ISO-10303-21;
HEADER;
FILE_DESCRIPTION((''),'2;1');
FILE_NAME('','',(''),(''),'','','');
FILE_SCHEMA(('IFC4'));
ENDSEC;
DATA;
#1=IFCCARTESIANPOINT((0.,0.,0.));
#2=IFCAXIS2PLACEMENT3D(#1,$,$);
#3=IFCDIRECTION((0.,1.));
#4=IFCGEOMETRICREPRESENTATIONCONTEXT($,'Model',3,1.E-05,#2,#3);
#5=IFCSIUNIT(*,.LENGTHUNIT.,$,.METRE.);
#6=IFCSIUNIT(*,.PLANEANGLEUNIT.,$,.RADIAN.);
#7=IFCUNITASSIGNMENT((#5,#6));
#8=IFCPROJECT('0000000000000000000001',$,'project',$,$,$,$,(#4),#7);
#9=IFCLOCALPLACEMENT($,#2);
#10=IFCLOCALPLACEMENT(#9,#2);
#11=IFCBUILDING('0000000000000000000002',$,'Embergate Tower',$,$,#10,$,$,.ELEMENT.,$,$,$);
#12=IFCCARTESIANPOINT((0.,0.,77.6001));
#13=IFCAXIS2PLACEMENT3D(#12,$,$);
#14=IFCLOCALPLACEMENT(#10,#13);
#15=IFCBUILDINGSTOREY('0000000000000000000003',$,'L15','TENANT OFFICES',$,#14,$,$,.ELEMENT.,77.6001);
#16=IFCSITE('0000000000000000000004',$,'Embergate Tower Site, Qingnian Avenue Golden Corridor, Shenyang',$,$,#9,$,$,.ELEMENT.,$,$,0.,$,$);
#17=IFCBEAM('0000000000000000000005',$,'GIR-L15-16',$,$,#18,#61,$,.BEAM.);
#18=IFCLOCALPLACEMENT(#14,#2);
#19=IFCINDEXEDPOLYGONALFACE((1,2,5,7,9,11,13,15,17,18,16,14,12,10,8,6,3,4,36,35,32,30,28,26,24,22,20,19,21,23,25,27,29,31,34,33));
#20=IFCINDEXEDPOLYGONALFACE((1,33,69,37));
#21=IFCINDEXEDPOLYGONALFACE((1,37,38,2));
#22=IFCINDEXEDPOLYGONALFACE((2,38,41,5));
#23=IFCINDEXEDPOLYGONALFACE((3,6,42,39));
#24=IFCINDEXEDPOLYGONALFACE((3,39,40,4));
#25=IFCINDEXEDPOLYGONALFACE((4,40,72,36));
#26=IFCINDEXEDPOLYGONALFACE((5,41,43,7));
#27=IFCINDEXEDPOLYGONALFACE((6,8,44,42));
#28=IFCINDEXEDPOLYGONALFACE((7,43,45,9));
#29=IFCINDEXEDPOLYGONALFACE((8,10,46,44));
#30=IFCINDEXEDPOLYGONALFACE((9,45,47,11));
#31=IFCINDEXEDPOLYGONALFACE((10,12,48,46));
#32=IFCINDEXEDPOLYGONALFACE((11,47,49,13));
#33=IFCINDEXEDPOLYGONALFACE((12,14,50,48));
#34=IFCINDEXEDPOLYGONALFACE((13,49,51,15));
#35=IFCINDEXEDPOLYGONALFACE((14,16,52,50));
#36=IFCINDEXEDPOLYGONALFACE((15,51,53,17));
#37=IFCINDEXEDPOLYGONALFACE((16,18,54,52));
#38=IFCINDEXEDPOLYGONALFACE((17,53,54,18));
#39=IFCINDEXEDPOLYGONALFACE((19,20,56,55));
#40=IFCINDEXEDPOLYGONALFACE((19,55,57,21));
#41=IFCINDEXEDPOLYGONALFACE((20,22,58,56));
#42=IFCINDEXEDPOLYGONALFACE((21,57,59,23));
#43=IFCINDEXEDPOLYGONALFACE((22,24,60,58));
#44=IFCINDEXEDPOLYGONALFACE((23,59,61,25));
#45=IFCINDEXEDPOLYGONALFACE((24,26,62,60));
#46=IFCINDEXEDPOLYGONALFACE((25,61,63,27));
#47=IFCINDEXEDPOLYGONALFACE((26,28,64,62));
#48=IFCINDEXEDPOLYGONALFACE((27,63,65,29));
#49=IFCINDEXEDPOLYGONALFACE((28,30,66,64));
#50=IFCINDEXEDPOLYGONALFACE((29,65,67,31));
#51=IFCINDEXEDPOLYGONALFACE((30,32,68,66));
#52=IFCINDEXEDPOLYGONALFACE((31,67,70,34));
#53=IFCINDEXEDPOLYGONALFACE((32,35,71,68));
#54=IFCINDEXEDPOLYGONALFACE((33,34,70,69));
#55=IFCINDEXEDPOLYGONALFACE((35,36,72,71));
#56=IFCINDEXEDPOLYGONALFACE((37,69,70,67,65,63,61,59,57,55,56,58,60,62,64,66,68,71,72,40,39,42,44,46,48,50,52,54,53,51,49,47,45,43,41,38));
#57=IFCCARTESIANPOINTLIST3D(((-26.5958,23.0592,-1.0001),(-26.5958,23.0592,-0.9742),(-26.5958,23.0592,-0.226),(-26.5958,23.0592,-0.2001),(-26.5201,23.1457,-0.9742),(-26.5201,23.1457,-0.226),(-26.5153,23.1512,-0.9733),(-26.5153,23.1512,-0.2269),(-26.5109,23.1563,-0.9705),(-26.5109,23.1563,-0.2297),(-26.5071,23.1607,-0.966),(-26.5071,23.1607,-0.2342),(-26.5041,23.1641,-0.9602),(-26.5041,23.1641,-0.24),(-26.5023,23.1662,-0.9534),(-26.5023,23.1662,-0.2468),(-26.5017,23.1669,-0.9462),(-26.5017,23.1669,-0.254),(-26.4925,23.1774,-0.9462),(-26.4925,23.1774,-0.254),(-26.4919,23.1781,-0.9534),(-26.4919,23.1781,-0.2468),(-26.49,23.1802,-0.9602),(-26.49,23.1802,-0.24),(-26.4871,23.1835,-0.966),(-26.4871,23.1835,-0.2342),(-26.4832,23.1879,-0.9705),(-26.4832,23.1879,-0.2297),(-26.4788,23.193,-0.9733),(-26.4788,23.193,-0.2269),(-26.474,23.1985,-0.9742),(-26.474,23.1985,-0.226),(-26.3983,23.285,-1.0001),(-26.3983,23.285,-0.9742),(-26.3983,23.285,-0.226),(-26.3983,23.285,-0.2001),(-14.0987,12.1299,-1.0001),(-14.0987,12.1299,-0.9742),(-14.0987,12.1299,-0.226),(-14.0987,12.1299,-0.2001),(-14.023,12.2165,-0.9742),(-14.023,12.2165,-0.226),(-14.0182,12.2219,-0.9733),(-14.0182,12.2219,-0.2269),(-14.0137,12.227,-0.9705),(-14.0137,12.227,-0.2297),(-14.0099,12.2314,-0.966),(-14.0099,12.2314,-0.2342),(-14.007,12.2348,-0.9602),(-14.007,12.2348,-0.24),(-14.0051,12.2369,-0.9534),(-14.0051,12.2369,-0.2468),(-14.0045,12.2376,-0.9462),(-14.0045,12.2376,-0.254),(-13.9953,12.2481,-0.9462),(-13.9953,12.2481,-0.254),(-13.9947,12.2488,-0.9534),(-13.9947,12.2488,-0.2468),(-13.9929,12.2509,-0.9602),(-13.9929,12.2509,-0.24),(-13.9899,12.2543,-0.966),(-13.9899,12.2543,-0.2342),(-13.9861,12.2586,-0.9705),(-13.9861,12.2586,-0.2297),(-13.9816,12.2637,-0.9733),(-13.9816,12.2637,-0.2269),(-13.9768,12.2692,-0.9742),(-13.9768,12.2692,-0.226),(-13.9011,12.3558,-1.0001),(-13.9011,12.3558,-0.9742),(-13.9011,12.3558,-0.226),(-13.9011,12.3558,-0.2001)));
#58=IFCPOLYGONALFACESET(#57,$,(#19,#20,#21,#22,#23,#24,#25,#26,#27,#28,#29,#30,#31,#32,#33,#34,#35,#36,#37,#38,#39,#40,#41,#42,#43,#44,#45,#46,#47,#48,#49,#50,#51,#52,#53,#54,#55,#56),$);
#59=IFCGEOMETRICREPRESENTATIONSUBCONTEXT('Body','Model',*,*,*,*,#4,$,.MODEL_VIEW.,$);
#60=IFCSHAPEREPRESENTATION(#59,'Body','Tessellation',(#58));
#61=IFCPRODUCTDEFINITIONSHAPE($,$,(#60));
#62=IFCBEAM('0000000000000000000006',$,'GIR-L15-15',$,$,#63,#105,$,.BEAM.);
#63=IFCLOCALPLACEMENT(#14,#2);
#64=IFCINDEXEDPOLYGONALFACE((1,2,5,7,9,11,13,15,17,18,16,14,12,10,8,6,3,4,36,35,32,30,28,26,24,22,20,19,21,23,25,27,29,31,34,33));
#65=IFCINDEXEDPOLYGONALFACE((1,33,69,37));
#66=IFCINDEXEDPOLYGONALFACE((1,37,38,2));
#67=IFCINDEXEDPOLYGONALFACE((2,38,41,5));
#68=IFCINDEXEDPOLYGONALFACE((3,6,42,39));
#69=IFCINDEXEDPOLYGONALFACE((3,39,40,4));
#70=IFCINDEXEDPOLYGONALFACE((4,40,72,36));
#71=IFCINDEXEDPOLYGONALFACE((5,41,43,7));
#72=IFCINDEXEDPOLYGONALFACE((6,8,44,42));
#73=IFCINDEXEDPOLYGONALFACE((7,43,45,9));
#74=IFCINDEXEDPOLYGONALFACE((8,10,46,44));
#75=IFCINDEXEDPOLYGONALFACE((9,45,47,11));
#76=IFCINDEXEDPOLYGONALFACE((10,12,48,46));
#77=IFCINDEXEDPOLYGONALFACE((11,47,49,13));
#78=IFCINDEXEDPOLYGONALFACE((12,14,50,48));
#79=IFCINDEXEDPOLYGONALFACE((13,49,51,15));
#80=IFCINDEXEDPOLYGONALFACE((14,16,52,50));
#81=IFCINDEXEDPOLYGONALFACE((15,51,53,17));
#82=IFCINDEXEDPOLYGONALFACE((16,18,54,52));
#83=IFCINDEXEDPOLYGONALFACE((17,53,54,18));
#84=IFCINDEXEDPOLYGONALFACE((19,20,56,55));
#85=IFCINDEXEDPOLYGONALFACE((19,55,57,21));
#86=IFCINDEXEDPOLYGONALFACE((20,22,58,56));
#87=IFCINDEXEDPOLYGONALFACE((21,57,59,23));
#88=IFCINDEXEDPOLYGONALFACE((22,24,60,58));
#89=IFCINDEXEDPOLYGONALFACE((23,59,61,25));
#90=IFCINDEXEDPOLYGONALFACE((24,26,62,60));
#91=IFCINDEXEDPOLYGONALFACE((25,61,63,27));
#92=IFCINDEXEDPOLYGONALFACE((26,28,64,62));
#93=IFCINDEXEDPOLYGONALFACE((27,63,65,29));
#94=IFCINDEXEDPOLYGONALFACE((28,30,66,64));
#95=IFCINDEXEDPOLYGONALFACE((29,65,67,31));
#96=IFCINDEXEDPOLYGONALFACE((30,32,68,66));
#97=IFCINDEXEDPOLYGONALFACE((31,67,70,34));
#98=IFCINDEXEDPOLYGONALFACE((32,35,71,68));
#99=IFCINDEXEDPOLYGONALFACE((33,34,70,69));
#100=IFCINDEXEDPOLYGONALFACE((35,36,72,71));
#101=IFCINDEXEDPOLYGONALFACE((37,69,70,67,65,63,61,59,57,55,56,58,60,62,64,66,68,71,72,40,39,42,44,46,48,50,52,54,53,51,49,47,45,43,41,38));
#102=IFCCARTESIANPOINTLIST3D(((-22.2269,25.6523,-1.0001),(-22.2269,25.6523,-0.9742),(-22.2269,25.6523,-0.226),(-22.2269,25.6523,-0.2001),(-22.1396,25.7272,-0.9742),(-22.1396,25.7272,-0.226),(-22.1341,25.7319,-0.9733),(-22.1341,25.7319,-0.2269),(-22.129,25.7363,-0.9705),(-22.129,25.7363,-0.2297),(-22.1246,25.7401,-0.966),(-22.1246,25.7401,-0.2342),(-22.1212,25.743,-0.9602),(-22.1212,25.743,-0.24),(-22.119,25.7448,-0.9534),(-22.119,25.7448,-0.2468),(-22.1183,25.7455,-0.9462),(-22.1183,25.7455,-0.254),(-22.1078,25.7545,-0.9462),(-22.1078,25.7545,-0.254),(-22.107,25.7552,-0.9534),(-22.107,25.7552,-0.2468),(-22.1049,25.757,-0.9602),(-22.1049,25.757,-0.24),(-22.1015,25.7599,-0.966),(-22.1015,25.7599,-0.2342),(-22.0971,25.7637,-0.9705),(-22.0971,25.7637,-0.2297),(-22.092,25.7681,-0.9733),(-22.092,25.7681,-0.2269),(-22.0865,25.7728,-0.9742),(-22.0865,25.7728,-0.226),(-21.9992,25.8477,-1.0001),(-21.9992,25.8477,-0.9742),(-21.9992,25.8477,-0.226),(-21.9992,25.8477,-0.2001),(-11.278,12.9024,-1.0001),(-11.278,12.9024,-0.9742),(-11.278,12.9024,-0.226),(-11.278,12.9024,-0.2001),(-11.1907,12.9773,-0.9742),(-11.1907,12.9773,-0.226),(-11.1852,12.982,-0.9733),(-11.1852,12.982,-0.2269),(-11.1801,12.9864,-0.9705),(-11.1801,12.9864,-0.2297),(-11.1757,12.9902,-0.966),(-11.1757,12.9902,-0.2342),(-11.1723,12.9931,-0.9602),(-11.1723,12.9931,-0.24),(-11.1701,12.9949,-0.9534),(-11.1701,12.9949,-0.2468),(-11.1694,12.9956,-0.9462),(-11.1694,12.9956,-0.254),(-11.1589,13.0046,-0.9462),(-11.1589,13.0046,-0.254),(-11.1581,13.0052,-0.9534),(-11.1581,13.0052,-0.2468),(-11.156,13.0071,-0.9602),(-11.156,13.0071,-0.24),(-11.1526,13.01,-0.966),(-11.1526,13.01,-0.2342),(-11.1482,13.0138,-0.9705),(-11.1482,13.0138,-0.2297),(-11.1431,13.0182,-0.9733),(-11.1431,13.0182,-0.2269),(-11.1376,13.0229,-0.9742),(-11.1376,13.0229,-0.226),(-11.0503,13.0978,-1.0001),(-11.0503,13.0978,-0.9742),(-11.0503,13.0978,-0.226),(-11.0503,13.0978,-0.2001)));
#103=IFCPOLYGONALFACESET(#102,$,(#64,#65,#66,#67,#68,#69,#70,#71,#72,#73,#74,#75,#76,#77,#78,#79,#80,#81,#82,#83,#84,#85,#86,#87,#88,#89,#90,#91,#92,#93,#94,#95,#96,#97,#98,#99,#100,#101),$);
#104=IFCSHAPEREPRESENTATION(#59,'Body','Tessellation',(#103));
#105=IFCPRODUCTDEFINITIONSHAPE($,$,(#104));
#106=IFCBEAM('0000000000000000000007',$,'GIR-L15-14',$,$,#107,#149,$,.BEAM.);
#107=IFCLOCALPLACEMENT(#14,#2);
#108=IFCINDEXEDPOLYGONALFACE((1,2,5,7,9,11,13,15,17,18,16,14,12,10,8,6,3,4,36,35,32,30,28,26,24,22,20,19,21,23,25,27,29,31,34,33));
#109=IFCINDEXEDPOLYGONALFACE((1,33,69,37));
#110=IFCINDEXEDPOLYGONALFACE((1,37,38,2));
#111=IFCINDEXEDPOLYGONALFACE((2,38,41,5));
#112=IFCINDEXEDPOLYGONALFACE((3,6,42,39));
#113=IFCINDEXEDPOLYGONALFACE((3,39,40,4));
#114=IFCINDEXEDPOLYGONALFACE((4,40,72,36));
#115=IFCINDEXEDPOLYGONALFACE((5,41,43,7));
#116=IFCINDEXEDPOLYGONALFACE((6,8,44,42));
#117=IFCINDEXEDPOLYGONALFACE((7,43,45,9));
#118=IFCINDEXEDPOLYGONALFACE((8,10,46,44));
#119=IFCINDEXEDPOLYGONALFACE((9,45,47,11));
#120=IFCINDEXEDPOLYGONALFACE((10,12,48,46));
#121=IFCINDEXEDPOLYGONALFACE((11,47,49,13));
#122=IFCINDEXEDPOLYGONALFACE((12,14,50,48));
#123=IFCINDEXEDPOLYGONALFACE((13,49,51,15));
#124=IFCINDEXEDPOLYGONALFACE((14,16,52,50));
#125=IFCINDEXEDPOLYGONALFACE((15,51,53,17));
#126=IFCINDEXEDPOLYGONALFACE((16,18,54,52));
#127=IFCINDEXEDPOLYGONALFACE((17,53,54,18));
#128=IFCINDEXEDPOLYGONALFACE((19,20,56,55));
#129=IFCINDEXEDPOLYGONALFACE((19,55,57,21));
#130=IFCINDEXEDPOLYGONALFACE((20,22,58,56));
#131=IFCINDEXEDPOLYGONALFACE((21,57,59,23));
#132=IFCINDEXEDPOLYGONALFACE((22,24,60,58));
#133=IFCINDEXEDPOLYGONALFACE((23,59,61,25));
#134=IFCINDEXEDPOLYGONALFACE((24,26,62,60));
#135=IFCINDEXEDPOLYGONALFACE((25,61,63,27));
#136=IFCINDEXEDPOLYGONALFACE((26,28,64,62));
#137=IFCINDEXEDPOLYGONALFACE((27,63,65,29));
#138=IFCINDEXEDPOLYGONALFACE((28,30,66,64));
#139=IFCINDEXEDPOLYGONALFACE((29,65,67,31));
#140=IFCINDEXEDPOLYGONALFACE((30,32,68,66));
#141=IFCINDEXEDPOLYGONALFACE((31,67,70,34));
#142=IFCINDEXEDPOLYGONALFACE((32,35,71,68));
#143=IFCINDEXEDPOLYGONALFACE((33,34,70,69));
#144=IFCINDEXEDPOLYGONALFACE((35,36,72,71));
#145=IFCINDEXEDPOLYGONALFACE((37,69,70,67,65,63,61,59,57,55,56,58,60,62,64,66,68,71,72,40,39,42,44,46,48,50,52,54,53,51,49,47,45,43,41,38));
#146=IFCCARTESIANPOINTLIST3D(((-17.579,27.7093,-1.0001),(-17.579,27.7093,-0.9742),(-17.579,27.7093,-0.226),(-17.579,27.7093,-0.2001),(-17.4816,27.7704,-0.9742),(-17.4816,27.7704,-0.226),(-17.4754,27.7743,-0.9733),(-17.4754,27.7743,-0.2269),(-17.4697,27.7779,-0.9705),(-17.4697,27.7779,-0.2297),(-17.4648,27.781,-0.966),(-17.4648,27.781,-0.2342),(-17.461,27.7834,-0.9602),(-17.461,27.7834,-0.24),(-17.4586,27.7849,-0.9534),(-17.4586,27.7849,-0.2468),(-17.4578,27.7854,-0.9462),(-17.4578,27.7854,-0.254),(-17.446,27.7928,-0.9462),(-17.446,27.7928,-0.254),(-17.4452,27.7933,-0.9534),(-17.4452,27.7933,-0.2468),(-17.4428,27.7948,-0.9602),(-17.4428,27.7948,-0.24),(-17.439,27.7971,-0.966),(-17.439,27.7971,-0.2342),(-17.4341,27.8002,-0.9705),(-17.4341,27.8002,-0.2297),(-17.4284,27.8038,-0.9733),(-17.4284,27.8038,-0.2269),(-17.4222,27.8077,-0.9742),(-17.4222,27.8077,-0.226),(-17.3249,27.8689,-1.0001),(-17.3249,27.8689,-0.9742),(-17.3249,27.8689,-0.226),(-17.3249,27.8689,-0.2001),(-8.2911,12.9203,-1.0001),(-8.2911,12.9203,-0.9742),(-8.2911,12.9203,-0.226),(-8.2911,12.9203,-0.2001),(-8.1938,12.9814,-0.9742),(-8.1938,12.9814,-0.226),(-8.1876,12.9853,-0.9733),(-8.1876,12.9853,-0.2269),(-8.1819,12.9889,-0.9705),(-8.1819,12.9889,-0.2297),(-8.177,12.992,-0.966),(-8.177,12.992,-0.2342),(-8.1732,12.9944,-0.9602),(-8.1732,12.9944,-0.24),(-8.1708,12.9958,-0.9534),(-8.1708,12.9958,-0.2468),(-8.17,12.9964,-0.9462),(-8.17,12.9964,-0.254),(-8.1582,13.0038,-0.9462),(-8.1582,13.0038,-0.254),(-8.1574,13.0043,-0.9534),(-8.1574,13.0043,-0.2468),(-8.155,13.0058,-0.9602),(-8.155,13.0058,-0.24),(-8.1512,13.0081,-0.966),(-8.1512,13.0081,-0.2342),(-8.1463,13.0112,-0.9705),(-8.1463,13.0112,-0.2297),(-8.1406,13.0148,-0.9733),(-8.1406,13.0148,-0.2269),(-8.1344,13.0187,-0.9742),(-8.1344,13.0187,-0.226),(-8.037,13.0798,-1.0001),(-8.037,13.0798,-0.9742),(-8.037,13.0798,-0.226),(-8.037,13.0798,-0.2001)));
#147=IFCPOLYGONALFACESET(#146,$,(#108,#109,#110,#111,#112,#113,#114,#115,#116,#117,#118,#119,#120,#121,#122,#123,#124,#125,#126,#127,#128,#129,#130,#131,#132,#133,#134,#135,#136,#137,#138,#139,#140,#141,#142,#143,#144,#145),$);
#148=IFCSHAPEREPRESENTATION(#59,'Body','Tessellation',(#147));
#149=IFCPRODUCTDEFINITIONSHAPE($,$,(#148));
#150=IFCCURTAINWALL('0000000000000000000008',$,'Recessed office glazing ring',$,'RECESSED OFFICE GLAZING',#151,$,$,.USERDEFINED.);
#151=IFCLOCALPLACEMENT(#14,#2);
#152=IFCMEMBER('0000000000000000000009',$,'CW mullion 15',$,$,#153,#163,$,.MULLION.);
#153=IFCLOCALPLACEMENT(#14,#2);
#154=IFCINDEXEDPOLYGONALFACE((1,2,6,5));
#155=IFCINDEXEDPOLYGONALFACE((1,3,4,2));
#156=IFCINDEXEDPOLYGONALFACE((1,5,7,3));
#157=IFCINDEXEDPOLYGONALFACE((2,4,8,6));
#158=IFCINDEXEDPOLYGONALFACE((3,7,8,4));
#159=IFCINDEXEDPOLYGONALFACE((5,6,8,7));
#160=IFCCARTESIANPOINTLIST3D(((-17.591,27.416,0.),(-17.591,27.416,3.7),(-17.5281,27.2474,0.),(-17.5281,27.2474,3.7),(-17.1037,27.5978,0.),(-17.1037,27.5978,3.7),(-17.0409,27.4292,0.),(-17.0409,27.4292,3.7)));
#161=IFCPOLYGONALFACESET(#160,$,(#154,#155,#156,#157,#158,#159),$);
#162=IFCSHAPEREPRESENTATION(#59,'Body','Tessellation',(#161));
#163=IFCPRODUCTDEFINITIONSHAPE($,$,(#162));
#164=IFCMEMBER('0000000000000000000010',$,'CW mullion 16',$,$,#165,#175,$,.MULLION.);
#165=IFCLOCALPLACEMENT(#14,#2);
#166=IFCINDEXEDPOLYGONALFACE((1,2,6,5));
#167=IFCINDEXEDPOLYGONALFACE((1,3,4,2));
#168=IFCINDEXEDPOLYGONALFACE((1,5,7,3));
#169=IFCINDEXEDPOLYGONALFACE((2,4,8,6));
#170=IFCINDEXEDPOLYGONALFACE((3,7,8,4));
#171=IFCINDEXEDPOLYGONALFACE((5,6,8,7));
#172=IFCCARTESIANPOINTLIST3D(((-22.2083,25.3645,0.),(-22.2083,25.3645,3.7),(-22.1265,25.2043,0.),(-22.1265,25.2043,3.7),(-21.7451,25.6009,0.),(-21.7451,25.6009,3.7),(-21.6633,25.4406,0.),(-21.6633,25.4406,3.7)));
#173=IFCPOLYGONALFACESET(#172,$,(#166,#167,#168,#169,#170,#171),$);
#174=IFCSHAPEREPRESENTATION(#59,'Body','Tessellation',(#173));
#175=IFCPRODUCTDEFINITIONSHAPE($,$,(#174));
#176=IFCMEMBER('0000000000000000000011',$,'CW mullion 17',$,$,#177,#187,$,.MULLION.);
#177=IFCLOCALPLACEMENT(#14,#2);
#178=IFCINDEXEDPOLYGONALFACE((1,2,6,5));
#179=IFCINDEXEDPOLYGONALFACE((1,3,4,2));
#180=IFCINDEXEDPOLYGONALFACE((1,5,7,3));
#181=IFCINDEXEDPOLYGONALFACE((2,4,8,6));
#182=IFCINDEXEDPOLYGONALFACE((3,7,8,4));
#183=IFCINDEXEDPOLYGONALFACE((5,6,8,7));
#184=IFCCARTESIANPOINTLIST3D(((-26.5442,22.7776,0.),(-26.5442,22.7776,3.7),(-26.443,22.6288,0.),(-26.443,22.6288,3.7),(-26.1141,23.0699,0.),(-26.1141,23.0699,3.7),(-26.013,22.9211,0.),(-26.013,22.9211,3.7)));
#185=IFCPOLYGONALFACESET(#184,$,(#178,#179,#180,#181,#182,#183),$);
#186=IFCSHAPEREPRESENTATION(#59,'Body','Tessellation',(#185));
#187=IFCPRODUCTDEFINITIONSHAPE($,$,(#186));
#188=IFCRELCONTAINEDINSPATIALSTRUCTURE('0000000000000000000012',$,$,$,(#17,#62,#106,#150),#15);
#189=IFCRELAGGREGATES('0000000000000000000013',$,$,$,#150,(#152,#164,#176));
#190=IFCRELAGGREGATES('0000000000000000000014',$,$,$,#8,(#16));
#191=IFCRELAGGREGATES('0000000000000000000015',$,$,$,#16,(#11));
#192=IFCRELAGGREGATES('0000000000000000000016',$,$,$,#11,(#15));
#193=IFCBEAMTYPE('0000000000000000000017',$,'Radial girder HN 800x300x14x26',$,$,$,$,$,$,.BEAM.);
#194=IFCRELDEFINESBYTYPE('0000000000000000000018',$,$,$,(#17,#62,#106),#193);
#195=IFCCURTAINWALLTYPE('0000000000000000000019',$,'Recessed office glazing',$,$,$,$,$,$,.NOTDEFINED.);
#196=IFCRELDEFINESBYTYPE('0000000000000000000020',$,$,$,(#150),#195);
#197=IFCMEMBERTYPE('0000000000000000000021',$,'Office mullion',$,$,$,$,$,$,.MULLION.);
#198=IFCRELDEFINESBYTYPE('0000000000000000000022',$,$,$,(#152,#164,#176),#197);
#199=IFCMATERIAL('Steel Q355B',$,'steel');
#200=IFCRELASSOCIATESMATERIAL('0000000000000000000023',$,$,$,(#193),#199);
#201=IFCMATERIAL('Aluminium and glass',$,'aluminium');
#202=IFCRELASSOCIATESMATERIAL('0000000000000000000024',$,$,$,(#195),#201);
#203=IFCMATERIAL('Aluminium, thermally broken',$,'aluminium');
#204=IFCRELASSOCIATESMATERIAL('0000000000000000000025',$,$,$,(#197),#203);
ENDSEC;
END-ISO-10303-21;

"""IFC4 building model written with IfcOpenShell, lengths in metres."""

from ifc_helpers import new_model, si_unit, direction, frame, origin, origin_2d, place, context, subcontext, project, spatial, rectangle, i_section, extrude, source, transform, mapped, material, material_profile, profile_set, type_object, element, aggregate, save


model = new_model("IFC4")

# Units and contexts
model_context = context("Model", 3, precision=1e-05, world=origin(), true_north=direction((0.0, 1.0)))
body_context = subcontext(model_context, "Body", "Model", "MODEL_VIEW")
ifc_project = project(units=[si_unit("LENGTHUNIT", "METRE"), si_unit("PLANEANGLEUNIT", "RADIAN")], contexts=[model_context])

# Site, building, storey
site_placement = place(None, origin())
site = spatial("IfcSite", under=ifc_project, at=site_placement, Name="Embergate Tower Site, Qingnian Avenue Golden Corridor, Shenyang", CompositionType="ELEMENT", RefElevation=0.0)
building_placement = place(site_placement, origin())
building = spatial("IfcBuilding", under=site, at=building_placement, Name="Embergate Tower", CompositionType="ELEMENT")
storey_placement = place(building_placement, frame((0.0, 0.0, 77.6001)))
storey = spatial("IfcBuildingStorey", under=building, at=storey_placement, Name="L15", Description="TENANT OFFICES", CompositionType="ELEMENT", Elevation=77.6001)

# Beams
ifc_material_1 = material(Name="Steel Q355B", Category="steel")
ifc_material_profile_1 = material_profile(ifc_material_1, i_section(OverallWidth=0.3, OverallDepth=0.8, WebThickness=0.0139, FlangeThickness=0.0259, FilletRadius=0.0281, at=origin_2d()), Name="HN 800x300x14x26")
ifc_profile_set_1 = profile_set([ifc_material_profile_1], Name="Steel Q355 grade B")
beam_type_1 = type_object("IfcBeamType", Name="Radial girder HN 800x300x14x26", PredefinedType="BEAM", material=ifc_profile_set_1)
shared_shape_1 = source(origin(), body_context, "Body", "SweptSolid", [
    extrude(i_section(OverallWidth=0.3, OverallDepth=0.8, WebThickness=0.0139, FlangeThickness=0.0259, FilletRadius=0.0281, at=origin_2d()), origin(), (0.0, 0.0, 1.0), 16.6021),
])
beam_1_placement = place(storey_placement, frame((-26.4971, 23.1721, -0.6001), z_axis=(0.752748, -0.658309, 0.0), x_axis=(0.658309, 0.752748, 0.0)))
element("IfcBeam", 1, at=beam_1_placement, inside=storey, type_object=beam_type_1, Name="GIR-L15-16", PredefinedType="BEAM", context=body_context, shape_type="MappedRepresentation", body=[
    mapped(shared_shape_1, transform((0.0, 0.0, 0.0))),
])
shared_shape_2 = source(origin(), body_context, "Body", "SweptSolid", [
    extrude(i_section(OverallWidth=0.3, OverallDepth=0.8, WebThickness=0.0139, FlangeThickness=0.0259, FilletRadius=0.0281, at=origin_2d()), origin(), (0.0, 0.0, 1.0), 16.8059),
])
beam_2_placement = place(storey_placement, frame((-22.113, 25.75, -0.6001), z_axis=(0.651491, -0.758656, 0.0), x_axis=(0.758656, 0.651491, 0.0)))
element("IfcBeam", 2, at=beam_2_placement, inside=storey, type_object=beam_type_1, Name="GIR-L15-15", PredefinedType="BEAM", context=body_context, shape_type="MappedRepresentation", body=[
    mapped(shared_shape_2, transform((0.0, 0.0, 0.0))),
])
shared_shape_3 = source(origin(), body_context, "Body", "SweptSolid", [
    extrude(i_section(OverallWidth=0.3, OverallDepth=0.8, WebThickness=0.0139, FlangeThickness=0.0259, FilletRadius=0.0281, at=origin_2d()), origin(), (0.0, 0.0, 1.0), 17.4636),
])
beam_3_placement = place(storey_placement, frame((-17.4519, 27.7891, -0.6001), z_axis=(0.531837, -0.846847, 0.0), x_axis=(0.846847, 0.531837, 0.0)))
element("IfcBeam", 3, at=beam_3_placement, inside=storey, type_object=beam_type_1, Name="GIR-L15-14", PredefinedType="BEAM", context=body_context, shape_type="MappedRepresentation", body=[
    mapped(shared_shape_3, transform((0.0, 0.0, 0.0))),
])

# Curtain wall, members
ifc_material_2 = material(Name="Aluminium and glass", Category="aluminium")
curtain_wall_type = type_object("IfcCurtainWallType", Name="Recessed office glazing", PredefinedType="NOTDEFINED", material=ifc_material_2)
curtain_wall_placement = place(storey_placement, origin())
curtain_wall = element("IfcCurtainWall", 4, at=curtain_wall_placement, inside=storey, type_object=curtain_wall_type, Name="Recessed office glazing ring", ObjectType="RECESSED OFFICE GLAZING", PredefinedType="USERDEFINED")
ifc_material_3 = material(Name="Aluminium, thermally broken", Category="aluminium")
ifc_material_profile_2 = material_profile(ifc_material_3, rectangle(XDim=0.1799, YDim=0.52, at=origin_2d()), Name="AL 520x180")
ifc_profile_set_2 = profile_set([ifc_material_profile_2], Name="Aluminium, thermally broken")
member_type_1 = type_object("IfcMemberType", Name="Office mullion", PredefinedType="MULLION", material=ifc_profile_set_2)
shared_shape_4 = source(origin(), body_context, "Body", "SweptSolid", [
    extrude(rectangle(XDim=0.1799, YDim=0.52, at=origin_2d()), origin(), (0.0, 0.0, 1.0), 3.7),
])
member_1_placement = place(storey_placement, frame((-17.3159, 27.4226, 0.0), z_axis=(0.0, 0.0, 1.0), x_axis=(0.349508, -0.936934, 0.0)))
member_1 = element("IfcMember", 5, at=member_1_placement, type_object=member_type_1, Name="CW mullion 15", PredefinedType="MULLION", context=body_context, shape_type="MappedRepresentation", body=[
    mapped(shared_shape_4, transform((0.0, 0.0, 0.0))),
])
member_2_placement = place(storey_placement, frame((-21.9358, 25.4026, 0.0), z_axis=(0.0, 0.0, 1.0), x_axis=(0.454516, -0.890739, 0.0)))
member_2 = element("IfcMember", 6, at=member_2_placement, type_object=member_type_1, Name="CW mullion 16", PredefinedType="MULLION", context=body_context, shape_type="MappedRepresentation", body=[
    mapped(shared_shape_4, transform((0.0, 0.0, 0.0))),
])
member_3_placement = place(storey_placement, frame((-26.2786, 22.8494, 0.0), z_axis=(0.0, 0.0, 1.0), x_axis=(0.562223, -0.826985, 0.0)))
member_3 = element("IfcMember", 7, at=member_3_placement, type_object=member_type_1, Name="CW mullion 17", PredefinedType="MULLION", context=body_context, shape_type="MappedRepresentation", body=[
    mapped(shared_shape_4, transform((0.0, 0.0, 0.0))),
])
aggregate(curtain_wall, [member_1, member_2, member_3])

save(model, "model.ifc")
